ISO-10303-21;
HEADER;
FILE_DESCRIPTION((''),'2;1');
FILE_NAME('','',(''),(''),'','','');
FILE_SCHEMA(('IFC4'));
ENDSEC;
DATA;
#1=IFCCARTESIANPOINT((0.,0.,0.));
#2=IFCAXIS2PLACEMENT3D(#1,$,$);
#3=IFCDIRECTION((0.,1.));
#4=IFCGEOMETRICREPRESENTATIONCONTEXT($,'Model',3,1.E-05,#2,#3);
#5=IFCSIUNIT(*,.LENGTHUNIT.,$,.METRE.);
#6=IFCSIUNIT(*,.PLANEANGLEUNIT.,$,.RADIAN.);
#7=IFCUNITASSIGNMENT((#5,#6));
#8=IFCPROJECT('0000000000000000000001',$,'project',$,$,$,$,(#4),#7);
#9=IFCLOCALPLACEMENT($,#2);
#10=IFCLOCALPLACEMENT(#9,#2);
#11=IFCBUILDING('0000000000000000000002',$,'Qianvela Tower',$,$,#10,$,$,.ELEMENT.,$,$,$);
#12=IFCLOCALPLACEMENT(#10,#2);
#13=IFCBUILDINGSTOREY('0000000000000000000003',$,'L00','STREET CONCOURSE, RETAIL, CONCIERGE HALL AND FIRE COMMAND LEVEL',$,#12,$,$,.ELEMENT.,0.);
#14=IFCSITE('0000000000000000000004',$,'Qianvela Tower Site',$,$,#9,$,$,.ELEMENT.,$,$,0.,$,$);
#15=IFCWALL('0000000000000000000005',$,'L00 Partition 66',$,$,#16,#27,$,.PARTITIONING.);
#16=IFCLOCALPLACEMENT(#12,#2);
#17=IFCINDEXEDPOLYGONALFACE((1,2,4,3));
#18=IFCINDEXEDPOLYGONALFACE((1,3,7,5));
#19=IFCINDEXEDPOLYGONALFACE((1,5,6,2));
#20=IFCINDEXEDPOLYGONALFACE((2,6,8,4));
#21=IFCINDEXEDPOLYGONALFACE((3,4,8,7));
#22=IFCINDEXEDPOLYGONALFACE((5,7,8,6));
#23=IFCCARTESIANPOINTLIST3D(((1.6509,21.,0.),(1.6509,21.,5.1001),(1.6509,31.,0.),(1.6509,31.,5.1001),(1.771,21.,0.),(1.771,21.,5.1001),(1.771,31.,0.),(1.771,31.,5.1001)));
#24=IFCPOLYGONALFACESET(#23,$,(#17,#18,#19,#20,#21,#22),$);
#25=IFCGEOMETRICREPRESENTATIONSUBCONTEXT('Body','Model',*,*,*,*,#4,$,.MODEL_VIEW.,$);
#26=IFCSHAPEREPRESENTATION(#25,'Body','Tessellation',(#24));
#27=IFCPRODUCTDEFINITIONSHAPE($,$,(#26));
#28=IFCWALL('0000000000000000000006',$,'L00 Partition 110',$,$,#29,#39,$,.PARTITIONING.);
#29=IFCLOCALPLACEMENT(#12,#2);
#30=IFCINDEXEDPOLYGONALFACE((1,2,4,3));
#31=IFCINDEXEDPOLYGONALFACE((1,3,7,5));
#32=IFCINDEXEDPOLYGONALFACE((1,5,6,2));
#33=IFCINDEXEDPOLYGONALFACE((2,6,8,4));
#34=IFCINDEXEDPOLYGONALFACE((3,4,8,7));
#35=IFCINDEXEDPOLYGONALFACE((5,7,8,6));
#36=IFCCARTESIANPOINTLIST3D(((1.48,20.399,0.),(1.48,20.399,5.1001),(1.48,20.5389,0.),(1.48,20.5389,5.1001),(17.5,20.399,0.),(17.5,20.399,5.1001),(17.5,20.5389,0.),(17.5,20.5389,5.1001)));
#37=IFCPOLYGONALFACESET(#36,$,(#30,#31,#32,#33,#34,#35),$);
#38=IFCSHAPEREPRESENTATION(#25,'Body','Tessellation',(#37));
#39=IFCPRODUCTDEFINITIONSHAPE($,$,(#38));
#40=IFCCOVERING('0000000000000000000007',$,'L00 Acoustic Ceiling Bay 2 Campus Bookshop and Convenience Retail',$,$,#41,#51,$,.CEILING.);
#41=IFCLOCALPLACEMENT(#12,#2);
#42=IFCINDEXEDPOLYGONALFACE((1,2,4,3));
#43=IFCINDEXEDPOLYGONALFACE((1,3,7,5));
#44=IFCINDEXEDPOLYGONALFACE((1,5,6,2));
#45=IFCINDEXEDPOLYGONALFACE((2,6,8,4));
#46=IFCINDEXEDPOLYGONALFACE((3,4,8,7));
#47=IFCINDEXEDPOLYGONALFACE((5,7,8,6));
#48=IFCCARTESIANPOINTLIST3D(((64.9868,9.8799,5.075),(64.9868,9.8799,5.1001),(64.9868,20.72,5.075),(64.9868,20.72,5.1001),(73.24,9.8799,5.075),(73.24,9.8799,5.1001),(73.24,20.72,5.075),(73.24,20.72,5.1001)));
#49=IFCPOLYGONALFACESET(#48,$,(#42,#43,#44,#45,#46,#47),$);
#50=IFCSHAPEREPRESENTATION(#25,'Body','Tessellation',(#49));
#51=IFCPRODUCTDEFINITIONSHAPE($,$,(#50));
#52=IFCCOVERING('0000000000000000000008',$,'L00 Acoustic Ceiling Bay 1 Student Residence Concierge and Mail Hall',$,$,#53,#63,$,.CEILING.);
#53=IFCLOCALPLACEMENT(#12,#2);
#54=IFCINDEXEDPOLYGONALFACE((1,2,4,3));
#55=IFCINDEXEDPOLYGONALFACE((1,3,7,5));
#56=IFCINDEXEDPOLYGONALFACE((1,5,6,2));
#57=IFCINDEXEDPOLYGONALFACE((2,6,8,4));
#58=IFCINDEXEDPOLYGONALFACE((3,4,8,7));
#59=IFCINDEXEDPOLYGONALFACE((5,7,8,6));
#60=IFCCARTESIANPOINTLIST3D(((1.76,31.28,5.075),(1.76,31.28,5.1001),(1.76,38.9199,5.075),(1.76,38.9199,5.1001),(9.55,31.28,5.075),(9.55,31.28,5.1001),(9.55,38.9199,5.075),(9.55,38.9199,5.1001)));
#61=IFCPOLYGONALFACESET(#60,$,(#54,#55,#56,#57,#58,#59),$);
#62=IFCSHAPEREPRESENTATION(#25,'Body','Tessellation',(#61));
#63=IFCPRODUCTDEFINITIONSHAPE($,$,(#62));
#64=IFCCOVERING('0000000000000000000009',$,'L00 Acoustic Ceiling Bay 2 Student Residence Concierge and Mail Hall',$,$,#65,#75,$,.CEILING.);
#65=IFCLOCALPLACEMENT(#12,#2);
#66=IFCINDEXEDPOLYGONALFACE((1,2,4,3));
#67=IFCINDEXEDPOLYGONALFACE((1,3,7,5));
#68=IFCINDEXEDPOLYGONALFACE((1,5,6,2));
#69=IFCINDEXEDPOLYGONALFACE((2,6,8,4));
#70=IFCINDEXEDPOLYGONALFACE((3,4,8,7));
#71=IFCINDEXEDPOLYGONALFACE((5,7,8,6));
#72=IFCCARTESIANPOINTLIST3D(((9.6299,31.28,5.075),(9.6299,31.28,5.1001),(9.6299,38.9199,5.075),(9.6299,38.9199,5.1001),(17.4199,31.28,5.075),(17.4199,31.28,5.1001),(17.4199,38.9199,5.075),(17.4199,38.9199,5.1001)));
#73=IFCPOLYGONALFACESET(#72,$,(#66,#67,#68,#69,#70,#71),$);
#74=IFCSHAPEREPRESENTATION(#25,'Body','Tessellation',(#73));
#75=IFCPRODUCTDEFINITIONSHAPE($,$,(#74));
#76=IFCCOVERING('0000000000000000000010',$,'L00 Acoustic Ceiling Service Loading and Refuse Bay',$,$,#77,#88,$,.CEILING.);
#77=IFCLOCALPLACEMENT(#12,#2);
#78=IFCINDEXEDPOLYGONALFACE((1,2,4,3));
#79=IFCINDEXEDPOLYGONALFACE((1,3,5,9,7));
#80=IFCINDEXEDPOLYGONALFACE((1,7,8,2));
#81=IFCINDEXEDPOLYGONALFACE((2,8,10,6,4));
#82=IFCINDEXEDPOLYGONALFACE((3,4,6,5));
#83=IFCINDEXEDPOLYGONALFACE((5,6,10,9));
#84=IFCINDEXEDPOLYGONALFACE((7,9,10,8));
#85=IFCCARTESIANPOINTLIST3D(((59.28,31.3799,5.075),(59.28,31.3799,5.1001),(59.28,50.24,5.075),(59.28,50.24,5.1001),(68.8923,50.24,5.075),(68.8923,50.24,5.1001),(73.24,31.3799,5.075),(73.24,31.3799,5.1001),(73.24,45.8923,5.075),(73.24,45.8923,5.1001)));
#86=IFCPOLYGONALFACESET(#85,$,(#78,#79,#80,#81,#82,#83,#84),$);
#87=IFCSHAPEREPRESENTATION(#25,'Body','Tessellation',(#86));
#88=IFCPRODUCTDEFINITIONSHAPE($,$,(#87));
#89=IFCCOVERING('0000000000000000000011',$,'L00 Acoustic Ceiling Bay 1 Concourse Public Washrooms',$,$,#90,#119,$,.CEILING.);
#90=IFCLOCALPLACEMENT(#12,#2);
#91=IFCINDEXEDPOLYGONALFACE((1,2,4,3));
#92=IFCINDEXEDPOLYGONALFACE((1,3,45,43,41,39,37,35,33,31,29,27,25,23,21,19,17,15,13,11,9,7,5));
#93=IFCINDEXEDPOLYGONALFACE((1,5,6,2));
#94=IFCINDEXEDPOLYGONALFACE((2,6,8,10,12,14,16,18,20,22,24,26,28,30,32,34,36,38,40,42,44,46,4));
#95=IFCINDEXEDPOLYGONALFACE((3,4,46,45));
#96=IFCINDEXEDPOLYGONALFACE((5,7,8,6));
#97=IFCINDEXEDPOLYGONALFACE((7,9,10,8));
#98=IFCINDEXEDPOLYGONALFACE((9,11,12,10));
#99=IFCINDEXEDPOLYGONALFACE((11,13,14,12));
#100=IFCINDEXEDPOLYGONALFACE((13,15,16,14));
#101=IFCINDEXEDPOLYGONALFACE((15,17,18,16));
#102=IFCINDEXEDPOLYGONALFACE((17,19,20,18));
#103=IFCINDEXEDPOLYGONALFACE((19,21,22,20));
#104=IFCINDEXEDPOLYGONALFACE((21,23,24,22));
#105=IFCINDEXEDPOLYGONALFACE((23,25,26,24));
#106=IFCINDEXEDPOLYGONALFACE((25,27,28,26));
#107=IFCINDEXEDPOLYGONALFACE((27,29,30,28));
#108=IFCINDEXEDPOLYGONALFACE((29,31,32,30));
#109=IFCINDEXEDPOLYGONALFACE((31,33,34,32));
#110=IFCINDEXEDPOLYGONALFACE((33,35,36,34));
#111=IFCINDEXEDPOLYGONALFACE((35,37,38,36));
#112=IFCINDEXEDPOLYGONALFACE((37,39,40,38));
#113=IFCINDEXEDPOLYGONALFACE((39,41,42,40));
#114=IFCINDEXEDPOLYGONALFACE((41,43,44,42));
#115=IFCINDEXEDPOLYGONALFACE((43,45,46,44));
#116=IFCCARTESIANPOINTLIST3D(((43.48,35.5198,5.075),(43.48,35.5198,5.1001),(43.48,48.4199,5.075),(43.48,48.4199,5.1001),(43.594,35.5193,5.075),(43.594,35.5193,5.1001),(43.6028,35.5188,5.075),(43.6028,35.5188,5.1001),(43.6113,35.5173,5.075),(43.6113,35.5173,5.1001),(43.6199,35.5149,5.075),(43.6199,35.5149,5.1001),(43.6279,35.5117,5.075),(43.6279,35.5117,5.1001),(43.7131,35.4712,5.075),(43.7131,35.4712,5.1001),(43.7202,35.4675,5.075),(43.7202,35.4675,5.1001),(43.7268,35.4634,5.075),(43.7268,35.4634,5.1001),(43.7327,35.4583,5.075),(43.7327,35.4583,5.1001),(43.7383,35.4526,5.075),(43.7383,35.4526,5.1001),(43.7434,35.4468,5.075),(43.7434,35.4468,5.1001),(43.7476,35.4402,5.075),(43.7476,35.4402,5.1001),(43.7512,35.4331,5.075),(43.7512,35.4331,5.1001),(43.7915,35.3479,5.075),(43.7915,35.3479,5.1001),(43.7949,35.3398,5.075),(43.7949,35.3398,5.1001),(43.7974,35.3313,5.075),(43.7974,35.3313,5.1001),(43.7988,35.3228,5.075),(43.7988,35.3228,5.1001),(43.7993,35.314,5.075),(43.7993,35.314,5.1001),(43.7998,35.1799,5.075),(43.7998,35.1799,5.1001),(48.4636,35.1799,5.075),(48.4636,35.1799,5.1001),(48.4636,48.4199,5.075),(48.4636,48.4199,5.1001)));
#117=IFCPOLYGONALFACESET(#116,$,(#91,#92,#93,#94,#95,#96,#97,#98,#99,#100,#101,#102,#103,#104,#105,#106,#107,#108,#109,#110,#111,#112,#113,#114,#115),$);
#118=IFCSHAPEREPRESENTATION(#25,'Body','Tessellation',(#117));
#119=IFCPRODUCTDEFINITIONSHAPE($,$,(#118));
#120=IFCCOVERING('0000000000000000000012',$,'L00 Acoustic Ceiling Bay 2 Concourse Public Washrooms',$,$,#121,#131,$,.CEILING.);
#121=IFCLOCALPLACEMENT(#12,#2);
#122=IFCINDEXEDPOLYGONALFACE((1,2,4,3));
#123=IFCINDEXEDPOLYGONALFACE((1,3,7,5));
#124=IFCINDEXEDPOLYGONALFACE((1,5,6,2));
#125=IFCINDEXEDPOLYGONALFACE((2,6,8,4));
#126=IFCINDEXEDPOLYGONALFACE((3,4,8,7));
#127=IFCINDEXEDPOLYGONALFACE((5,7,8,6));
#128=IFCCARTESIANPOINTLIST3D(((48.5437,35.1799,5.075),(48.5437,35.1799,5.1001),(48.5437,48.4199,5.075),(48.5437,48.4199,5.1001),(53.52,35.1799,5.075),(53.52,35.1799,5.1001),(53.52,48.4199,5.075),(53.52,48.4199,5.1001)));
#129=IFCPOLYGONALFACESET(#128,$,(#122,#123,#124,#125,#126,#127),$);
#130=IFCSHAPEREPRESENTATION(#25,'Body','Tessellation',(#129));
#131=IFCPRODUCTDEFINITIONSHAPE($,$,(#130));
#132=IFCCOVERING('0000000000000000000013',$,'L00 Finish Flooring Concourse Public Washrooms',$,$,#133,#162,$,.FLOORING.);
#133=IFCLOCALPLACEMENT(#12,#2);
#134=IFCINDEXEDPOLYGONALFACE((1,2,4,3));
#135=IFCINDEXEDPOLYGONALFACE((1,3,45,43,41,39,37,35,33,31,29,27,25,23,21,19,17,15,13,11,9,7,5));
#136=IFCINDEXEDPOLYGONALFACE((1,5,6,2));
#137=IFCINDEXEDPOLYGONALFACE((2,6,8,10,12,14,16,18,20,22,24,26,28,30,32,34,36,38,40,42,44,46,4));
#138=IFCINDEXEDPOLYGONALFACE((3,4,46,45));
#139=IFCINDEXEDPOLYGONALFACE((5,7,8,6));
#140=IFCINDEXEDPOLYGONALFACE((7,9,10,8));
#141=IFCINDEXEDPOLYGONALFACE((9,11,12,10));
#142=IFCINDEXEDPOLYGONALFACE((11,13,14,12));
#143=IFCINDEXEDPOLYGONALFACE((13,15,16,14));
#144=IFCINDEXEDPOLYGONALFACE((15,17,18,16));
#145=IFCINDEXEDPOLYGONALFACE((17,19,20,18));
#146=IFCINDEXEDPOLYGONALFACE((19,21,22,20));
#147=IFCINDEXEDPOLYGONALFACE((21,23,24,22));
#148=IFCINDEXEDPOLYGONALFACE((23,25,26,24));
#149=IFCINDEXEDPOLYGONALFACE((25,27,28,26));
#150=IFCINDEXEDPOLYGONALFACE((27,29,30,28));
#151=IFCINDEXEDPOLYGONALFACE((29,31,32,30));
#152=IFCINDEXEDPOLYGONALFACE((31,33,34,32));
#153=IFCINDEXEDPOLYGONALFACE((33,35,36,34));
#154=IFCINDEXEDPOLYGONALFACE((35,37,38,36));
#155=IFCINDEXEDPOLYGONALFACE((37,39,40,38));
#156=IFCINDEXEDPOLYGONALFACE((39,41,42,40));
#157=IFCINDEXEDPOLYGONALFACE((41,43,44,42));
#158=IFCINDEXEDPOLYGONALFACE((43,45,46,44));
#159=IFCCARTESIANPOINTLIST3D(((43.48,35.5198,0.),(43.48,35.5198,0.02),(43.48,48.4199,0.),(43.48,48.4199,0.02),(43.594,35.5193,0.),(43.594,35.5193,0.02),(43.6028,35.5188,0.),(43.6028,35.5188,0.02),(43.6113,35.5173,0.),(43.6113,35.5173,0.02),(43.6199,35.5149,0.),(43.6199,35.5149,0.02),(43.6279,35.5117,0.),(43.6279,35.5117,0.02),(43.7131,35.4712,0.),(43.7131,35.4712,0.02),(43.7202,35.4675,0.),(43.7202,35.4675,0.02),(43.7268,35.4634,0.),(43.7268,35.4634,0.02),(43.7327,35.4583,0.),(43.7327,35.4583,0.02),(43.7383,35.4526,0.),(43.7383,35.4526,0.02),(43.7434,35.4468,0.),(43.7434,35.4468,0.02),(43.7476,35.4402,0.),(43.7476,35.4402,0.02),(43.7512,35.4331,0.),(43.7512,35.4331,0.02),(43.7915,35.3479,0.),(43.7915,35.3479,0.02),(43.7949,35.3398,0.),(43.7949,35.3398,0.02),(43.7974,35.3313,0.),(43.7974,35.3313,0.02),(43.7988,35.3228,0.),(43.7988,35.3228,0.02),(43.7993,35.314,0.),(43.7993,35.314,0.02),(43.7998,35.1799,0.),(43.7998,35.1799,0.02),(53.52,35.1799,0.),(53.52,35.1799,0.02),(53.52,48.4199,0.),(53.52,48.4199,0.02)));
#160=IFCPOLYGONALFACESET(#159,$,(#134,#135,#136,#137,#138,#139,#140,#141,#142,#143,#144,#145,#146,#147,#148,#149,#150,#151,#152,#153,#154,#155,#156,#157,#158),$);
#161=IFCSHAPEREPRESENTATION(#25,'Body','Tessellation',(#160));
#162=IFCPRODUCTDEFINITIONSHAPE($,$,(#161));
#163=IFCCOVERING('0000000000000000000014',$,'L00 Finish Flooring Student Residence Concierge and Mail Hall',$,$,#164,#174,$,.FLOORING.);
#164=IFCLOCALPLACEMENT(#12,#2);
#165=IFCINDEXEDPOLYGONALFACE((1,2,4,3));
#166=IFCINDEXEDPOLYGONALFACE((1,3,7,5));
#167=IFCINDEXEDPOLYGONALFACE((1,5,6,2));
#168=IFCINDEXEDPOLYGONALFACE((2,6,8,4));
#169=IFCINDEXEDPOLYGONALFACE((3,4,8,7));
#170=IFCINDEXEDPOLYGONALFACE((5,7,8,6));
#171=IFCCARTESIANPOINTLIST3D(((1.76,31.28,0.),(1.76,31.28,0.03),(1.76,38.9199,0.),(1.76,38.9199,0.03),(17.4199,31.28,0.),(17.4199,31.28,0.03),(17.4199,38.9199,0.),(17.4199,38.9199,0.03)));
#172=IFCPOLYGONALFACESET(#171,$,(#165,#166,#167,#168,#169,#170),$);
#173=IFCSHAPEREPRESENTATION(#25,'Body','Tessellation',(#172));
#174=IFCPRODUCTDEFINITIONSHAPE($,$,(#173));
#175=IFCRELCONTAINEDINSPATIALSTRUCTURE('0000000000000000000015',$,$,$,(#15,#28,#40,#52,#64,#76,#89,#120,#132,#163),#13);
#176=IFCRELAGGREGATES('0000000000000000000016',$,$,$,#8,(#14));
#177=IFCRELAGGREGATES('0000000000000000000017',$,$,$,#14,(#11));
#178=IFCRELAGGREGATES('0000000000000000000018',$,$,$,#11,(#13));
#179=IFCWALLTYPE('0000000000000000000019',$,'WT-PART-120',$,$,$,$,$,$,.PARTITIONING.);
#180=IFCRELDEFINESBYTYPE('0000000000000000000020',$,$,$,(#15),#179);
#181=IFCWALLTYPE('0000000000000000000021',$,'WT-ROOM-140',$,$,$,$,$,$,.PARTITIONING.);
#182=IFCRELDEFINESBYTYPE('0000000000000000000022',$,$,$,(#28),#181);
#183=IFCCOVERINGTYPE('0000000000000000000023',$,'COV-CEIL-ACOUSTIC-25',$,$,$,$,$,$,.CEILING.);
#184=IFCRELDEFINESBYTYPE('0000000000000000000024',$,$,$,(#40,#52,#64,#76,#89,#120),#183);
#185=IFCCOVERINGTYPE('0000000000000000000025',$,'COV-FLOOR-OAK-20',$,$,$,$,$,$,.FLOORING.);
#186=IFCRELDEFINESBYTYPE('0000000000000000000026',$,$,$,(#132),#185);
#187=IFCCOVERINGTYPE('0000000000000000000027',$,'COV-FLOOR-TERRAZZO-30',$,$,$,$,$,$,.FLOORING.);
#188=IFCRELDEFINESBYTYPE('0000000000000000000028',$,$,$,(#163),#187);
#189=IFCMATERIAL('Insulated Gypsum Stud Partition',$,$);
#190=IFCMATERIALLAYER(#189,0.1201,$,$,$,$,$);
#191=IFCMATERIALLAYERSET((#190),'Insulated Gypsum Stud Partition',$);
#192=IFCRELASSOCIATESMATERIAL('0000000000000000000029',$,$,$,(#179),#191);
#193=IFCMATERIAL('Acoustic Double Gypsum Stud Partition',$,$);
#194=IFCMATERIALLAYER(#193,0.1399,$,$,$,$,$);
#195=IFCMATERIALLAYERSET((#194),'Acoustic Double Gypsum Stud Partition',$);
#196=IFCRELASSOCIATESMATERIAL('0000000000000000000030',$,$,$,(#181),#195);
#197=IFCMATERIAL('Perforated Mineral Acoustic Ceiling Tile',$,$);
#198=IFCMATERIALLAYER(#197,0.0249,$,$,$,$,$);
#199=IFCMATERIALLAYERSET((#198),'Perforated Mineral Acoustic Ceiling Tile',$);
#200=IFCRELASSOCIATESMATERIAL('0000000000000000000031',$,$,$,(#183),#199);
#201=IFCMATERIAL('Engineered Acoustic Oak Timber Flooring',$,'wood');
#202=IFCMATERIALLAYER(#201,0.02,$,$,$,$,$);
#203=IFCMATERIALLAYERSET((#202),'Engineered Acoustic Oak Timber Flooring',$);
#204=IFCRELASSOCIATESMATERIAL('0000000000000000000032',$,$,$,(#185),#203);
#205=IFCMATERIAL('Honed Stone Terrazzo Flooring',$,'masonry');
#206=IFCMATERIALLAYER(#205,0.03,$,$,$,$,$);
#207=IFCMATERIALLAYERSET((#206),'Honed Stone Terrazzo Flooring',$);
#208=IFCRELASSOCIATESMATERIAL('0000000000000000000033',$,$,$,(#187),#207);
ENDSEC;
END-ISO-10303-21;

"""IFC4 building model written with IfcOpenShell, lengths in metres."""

from ifc_helpers import new_model, si_unit, direction, frame, frame_2d, origin, place, context, subcontext, project, spatial, polyline, rectangle, outline, extrude, material, layer, layer_set, type_object, element, save


model = new_model("IFC4")

# Units and contexts
model_context = context("Model", 3, precision=1e-05, world=origin(), true_north=direction((0.0, 1.0)))
body_context = subcontext(model_context, "Body", "Model", "MODEL_VIEW")
ifc_project = project(units=[si_unit("LENGTHUNIT", "METRE"), si_unit("PLANEANGLEUNIT", "RADIAN")], contexts=[model_context])

# Site, building, storey
site_placement = place(None, origin())
site = spatial("IfcSite", under=ifc_project, at=site_placement, Name="Qianvela Tower Site", CompositionType="ELEMENT", RefElevation=0.0)
building_placement = place(site_placement, origin())
building = spatial("IfcBuilding", under=site, at=building_placement, Name="Qianvela Tower", CompositionType="ELEMENT")
storey_placement = place(building_placement, origin())
storey = spatial("IfcBuildingStorey", under=building, at=storey_placement, Name="L00", Description="STREET CONCOURSE, RETAIL, CONCIERGE HALL AND FIRE COMMAND LEVEL", CompositionType="ELEMENT", Elevation=0.0)

# Walls
ifc_material_1 = material(Name="Insulated Gypsum Stud Partition")
ifc_layer_1 = layer(ifc_material_1, 0.1201)
ifc_layer_set_1 = layer_set([ifc_layer_1], Name="Insulated Gypsum Stud Partition")
wall_type_1 = type_object("IfcWallType", Name="WT-PART-120", PredefinedType="PARTITIONING", material=ifc_layer_set_1)
wall_1_placement = place(storey_placement, frame((1.7109, 21.0, 0.0), z_axis=(0.0, 0.0, 1.0), x_axis=(0.0, 1.0, 0.0)))
element("IfcWall", 1, at=wall_1_placement, inside=storey, type_object=wall_type_1, Name="L00 Partition 66", PredefinedType="PARTITIONING", context=body_context, shape_type="SweptSolid", body=[
    extrude(rectangle(XDim=10.0, YDim=0.1201, at=frame_2d((5.0, 0.0))), origin(), (0.0, 0.0, 1.0), 5.1001),
])
ifc_material_2 = material(Name="Acoustic Double Gypsum Stud Partition")
ifc_layer_2 = layer(ifc_material_2, 0.1399)
ifc_layer_set_2 = layer_set([ifc_layer_2], Name="Acoustic Double Gypsum Stud Partition")
wall_type_2 = type_object("IfcWallType", Name="WT-ROOM-140", PredefinedType="PARTITIONING", material=ifc_layer_set_2)
wall_2_placement = place(storey_placement, frame((1.48, 20.469, 0.0), z_axis=(0.0, 0.0, 1.0), x_axis=(1.0, 0.0, 0.0)))
element("IfcWall", 2, at=wall_2_placement, inside=storey, type_object=wall_type_2, Name="L00 Partition 110", PredefinedType="PARTITIONING", context=body_context, shape_type="SweptSolid", body=[
    extrude(rectangle(XDim=16.02, YDim=0.1399, at=frame_2d((8.01, 0.0))), origin(), (0.0, 0.0, 1.0), 5.1001),
])

# Coverings
ifc_material_3 = material(Name="Perforated Mineral Acoustic Ceiling Tile")
ifc_layer_3 = layer(ifc_material_3, 0.0249)
ifc_layer_set_3 = layer_set([ifc_layer_3], Name="Perforated Mineral Acoustic Ceiling Tile")
covering_type_1 = type_object("IfcCoveringType", Name="COV-CEIL-ACOUSTIC-25", PredefinedType="CEILING", material=ifc_layer_set_3)
covering_1_placement = place(storey_placement, frame((0.0, 0.0, 5.075)))
element("IfcCovering", 3, at=covering_1_placement, inside=storey, type_object=covering_type_1, Name="L00 Acoustic Ceiling Bay 2 Campus Bookshop and Convenience Retail", PredefinedType="CEILING", context=body_context, shape_type="SweptSolid", body=[
    extrude(outline(polyline([(73.24, 9.8799), (64.9868, 9.8799), (64.9868, 20.72), (73.24, 20.72), (73.24, 9.8799)])), origin(), (0.0, 0.0, 1.0), 0.0251),
])
covering_2_placement = place(storey_placement, frame((0.0, 0.0, 5.075)))
element("IfcCovering", 4, at=covering_2_placement, inside=storey, type_object=covering_type_1, Name="L00 Acoustic Ceiling Bay 1 Student Residence Concierge and Mail Hall", PredefinedType="CEILING", context=body_context, shape_type="SweptSolid", body=[
    extrude(outline(polyline([(1.76, 38.9199), (9.55, 38.9199), (9.55, 31.28), (1.76, 31.28), (1.76, 38.9199)])), origin(), (0.0, 0.0, 1.0), 0.0251),
])
covering_3_placement = place(storey_placement, frame((0.0, 0.0, 5.075)))
element("IfcCovering", 5, at=covering_3_placement, inside=storey, type_object=covering_type_1, Name="L00 Acoustic Ceiling Bay 2 Student Residence Concierge and Mail Hall", PredefinedType="CEILING", context=body_context, shape_type="SweptSolid", body=[
    extrude(outline(polyline([(17.4199, 38.9199), (17.4199, 31.28), (9.6299, 31.28), (9.6299, 38.9199), (17.4199, 38.9199)])), origin(), (0.0, 0.0, 1.0), 0.0251),
])
covering_4_placement = place(storey_placement, frame((0.0, 0.0, 5.075)))
element("IfcCovering", 6, at=covering_4_placement, inside=storey, type_object=covering_type_1, Name="L00 Acoustic Ceiling Service Loading and Refuse Bay", PredefinedType="CEILING", context=body_context, shape_type="SweptSolid", body=[
    extrude(outline(polyline([(68.8923, 50.24), (73.24, 45.8923), (73.24, 31.3799), (59.28, 31.3799), (59.28, 50.24), (68.8923, 50.24)])), origin(), (0.0, 0.0, 1.0), 0.0251),
])
covering_5_placement = place(storey_placement, frame((0.0, 0.0, 5.075)))
element("IfcCovering", 7, at=covering_5_placement, inside=storey, type_object=covering_type_1, Name="L00 Acoustic Ceiling Bay 1 Concourse Public Washrooms", PredefinedType="CEILING", context=body_context, shape_type="SweptSolid", body=[
    extrude(outline(polyline([(43.7998, 35.1799), (43.7993, 35.314), (43.7988, 35.3228), (43.7974, 35.3313), (43.7949, 35.3398), (43.7915, 35.3479), (43.7512, 35.4331), (43.7476, 35.4402), (43.7434, 35.4468), (43.7383, 35.4526), (43.7327, 35.4583), (43.7268, 35.4634), (43.7202, 35.4675), (43.7131, 35.4712), (43.6279, 35.5117), (43.6199, 35.5149), (43.6113, 35.5173), (43.6028, 35.5188), (43.594, 35.5193), (43.48, 35.5198), (43.48, 48.4199), (48.4636, 48.4199), (48.4636, 35.1799), (43.7998, 35.1799)])), origin(), (0.0, 0.0, 1.0), 0.0251),
])
covering_6_placement = place(storey_placement, frame((0.0, 0.0, 5.075)))
element("IfcCovering", 8, at=covering_6_placement, inside=storey, type_object=covering_type_1, Name="L00 Acoustic Ceiling Bay 2 Concourse Public Washrooms", PredefinedType="CEILING", context=body_context, shape_type="SweptSolid", body=[
    extrude(outline(polyline([(48.5437, 35.1799), (48.5437, 48.4199), (53.52, 48.4199), (53.52, 35.1799), (48.5437, 35.1799)])), origin(), (0.0, 0.0, 1.0), 0.0251),
])
ifc_material_4 = material(Name="Engineered Acoustic Oak Timber Flooring", Category="wood")
ifc_layer_4 = layer(ifc_material_4, 0.02)
ifc_layer_set_4 = layer_set([ifc_layer_4], Name="Engineered Acoustic Oak Timber Flooring")
covering_type_2 = type_object("IfcCoveringType", Name="COV-FLOOR-OAK-20", PredefinedType="FLOORING", material=ifc_layer_set_4)
covering_7_placement = place(storey_placement, origin())
element("IfcCovering", 9, at=covering_7_placement, inside=storey, type_object=covering_type_2, Name="L00 Finish Flooring Concourse Public Washrooms", PredefinedType="FLOORING", context=body_context, shape_type="SweptSolid", body=[
    extrude(outline(polyline([(53.52, 35.1799), (43.7998, 35.1799), (43.7993, 35.314), (43.7988, 35.3228), (43.7974, 35.3313), (43.7949, 35.3398), (43.7915, 35.3479), (43.7512, 35.4331), (43.7476, 35.4402), (43.7434, 35.4468), (43.7383, 35.4526), (43.7327, 35.4583), (43.7268, 35.4634), (43.7202, 35.4675), (43.7131, 35.4712), (43.6279, 35.5117), (43.6199, 35.5149), (43.6113, 35.5173), (43.6028, 35.5188), (43.594, 35.5193), (43.48, 35.5198), (43.48, 48.4199), (53.52, 48.4199), (53.52, 35.1799)])), origin(), (0.0, 0.0, 1.0), 0.02),
])
ifc_material_5 = material(Name="Honed Stone Terrazzo Flooring", Category="masonry")
ifc_layer_5 = layer(ifc_material_5, 0.03)
ifc_layer_set_5 = layer_set([ifc_layer_5], Name="Honed Stone Terrazzo Flooring")
covering_type_3 = type_object("IfcCoveringType", Name="COV-FLOOR-TERRAZZO-30", PredefinedType="FLOORING", material=ifc_layer_set_5)
covering_8_placement = place(storey_placement, origin())
element("IfcCovering", 10, at=covering_8_placement, inside=storey, type_object=covering_type_3, Name="L00 Finish Flooring Student Residence Concierge and Mail Hall", PredefinedType="FLOORING", context=body_context, shape_type="SweptSolid", body=[
    extrude(outline(polyline([(1.76, 31.28), (1.76, 38.9199), (17.4199, 38.9199), (17.4199, 31.28), (1.76, 31.28)])), origin(), (0.0, 0.0, 1.0), 0.03),
])

save(model, "model.ifc")
